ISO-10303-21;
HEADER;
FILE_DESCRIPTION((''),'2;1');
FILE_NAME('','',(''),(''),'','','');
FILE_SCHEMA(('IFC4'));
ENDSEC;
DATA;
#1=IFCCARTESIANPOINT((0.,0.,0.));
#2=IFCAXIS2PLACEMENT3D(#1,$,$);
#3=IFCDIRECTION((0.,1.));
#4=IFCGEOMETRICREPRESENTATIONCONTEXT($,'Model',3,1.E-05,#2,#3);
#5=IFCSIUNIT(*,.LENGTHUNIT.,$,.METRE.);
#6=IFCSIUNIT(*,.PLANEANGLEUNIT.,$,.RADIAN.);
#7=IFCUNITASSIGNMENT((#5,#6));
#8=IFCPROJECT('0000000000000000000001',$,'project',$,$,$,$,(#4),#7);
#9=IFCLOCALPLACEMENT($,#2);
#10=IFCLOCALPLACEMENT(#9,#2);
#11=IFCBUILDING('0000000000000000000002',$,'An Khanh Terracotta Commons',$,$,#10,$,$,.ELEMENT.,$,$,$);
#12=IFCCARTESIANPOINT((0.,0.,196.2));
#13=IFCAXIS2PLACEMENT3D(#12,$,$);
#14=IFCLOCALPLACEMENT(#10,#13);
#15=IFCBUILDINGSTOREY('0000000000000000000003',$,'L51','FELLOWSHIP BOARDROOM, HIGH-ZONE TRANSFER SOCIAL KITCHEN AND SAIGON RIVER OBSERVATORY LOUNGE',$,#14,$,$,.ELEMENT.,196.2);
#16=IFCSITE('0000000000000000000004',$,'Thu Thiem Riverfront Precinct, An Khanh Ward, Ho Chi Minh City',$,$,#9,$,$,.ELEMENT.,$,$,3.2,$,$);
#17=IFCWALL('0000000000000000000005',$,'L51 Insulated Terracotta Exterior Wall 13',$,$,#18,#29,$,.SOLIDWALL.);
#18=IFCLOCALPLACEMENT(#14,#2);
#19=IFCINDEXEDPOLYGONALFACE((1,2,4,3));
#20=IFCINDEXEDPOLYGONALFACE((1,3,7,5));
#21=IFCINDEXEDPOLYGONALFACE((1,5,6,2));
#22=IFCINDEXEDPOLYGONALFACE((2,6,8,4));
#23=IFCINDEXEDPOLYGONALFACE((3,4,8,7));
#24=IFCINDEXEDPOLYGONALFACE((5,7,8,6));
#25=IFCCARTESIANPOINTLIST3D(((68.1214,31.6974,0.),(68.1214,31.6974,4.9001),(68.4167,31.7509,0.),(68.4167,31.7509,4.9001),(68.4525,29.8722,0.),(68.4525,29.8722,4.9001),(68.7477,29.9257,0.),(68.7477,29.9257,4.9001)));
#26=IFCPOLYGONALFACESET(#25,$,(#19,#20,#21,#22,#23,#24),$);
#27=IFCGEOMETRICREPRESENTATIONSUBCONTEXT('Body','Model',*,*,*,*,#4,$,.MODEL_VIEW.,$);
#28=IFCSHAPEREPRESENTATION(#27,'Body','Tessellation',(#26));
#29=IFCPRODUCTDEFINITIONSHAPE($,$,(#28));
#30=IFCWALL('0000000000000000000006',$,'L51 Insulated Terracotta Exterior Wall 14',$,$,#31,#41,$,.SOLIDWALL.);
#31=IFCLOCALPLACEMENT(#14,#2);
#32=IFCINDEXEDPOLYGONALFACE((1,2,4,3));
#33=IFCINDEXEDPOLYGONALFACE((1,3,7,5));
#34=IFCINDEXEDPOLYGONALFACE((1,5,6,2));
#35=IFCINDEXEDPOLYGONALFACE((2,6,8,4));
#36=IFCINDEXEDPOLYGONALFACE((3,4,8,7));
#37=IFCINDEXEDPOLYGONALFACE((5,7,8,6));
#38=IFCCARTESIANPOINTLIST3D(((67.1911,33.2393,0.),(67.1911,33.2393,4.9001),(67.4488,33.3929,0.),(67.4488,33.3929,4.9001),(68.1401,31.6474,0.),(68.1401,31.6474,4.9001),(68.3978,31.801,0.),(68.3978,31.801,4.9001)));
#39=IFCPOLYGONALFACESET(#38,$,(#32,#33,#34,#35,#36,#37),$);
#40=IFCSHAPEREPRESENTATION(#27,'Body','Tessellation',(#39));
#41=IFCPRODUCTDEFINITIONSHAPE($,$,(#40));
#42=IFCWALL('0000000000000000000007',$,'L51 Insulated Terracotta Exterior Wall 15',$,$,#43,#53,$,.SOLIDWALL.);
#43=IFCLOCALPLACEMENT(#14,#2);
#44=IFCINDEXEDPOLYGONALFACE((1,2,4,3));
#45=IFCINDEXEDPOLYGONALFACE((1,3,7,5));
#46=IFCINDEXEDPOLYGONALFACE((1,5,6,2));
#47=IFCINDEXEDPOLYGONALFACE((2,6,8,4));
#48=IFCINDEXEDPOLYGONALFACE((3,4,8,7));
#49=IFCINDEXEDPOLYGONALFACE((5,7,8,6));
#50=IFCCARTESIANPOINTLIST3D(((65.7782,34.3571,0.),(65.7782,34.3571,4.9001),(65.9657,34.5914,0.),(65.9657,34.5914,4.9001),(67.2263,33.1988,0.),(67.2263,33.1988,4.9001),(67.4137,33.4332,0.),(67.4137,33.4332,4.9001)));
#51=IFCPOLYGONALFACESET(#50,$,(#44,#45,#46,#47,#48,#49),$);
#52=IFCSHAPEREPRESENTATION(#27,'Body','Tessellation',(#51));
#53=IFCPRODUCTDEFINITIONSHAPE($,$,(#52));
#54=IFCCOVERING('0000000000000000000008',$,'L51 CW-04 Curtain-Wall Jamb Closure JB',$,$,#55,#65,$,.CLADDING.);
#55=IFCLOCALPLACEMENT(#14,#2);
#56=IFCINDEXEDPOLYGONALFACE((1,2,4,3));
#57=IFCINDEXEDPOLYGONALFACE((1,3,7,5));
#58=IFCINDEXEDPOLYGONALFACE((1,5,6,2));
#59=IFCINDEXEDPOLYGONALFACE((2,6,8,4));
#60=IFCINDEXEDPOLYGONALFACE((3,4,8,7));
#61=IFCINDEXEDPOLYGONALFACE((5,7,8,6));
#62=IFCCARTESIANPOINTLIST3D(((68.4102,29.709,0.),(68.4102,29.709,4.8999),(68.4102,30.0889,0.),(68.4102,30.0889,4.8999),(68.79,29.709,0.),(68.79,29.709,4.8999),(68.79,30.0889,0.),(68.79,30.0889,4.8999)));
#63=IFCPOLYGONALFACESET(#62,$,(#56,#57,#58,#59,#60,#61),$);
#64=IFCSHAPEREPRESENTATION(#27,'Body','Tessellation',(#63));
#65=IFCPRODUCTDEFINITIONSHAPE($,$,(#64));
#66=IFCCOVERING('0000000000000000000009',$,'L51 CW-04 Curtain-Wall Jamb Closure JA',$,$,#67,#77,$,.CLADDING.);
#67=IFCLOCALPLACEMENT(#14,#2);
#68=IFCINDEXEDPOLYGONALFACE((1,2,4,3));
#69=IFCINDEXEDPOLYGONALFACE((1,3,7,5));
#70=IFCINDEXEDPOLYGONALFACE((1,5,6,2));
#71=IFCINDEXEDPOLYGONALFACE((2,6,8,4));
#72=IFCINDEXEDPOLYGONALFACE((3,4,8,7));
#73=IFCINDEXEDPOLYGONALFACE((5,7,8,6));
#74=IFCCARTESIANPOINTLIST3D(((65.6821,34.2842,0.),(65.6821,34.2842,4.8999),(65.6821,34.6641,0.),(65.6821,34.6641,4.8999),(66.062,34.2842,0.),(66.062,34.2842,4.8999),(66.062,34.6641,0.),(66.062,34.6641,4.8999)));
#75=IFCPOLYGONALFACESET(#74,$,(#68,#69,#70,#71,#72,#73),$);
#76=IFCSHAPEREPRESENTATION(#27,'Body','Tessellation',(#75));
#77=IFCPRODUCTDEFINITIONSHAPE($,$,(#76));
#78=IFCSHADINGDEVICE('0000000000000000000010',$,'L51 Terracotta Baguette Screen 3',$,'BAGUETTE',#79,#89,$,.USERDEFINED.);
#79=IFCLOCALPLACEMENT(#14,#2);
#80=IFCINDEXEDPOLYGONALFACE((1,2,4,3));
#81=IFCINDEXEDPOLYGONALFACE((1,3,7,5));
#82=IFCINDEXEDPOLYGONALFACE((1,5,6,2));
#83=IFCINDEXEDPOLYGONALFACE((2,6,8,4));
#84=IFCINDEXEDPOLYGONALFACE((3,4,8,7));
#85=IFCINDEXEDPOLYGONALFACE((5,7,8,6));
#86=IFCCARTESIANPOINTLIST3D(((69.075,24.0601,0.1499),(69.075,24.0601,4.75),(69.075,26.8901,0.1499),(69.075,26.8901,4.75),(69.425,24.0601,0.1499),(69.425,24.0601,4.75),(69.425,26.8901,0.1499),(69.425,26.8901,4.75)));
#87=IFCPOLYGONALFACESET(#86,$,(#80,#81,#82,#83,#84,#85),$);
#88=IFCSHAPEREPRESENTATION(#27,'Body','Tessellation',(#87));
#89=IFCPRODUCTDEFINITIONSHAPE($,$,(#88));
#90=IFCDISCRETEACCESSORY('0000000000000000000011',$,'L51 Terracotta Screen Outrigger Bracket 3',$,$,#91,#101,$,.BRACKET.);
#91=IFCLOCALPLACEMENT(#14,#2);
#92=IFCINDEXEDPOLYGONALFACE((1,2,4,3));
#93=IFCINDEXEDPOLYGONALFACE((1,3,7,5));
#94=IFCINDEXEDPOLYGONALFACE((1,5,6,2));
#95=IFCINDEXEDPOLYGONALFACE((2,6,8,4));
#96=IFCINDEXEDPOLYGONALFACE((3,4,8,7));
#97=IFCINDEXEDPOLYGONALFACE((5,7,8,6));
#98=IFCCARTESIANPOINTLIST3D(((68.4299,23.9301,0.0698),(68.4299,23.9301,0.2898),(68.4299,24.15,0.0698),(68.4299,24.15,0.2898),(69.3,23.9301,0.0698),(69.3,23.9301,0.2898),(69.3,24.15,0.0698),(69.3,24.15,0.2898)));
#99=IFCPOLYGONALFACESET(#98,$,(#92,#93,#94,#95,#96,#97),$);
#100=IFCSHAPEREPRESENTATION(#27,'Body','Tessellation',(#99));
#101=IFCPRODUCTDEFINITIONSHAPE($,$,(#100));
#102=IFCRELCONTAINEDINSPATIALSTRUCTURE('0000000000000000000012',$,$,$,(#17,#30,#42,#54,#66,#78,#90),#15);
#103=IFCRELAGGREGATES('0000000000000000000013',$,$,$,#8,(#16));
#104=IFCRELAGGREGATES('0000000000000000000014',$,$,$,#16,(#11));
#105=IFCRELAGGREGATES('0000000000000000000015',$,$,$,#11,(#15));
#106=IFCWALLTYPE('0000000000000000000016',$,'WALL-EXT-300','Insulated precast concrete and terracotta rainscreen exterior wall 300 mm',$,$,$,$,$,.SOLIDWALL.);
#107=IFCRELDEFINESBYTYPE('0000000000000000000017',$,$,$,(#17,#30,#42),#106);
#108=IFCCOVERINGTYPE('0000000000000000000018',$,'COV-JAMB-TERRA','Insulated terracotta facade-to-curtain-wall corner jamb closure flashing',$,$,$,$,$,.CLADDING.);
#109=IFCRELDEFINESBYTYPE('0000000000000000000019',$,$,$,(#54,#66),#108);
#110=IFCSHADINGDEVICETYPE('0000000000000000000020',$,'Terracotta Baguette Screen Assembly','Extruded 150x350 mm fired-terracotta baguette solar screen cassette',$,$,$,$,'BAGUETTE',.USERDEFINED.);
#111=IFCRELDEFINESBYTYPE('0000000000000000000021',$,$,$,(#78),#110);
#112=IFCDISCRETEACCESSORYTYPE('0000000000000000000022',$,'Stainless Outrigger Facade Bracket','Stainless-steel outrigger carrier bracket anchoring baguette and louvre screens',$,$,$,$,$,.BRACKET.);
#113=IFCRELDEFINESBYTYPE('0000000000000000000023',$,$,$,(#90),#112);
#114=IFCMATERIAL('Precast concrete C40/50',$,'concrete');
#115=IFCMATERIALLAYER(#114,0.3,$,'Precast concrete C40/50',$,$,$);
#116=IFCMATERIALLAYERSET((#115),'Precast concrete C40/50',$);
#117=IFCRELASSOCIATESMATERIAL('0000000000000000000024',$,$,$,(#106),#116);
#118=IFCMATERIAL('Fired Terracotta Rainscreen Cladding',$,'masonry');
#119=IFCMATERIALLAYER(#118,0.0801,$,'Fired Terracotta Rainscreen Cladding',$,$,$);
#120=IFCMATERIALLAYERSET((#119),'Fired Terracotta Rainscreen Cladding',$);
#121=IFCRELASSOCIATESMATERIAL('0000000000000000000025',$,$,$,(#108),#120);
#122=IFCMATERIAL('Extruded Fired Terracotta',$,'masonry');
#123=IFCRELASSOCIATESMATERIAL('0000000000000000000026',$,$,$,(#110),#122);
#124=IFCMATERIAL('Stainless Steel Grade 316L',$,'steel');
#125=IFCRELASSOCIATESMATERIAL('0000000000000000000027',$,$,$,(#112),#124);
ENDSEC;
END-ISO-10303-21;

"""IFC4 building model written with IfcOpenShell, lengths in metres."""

from ifc_helpers import new_model, si_unit, direction, frame, frame_2d, origin, origin_2d, place, context, subcontext, project, spatial, rectangle, extrude, material, layer, layer_set, type_object, element, save


model = new_model("IFC4")

# Units and contexts
model_context = context("Model", 3, precision=1e-05, world=origin(), true_north=direction((0.0, 1.0)))
body_context = subcontext(model_context, "Body", "Model", "MODEL_VIEW")
ifc_project = project(units=[si_unit("LENGTHUNIT", "METRE"), si_unit("PLANEANGLEUNIT", "RADIAN")], contexts=[model_context])

# Site, building, storey
site_placement = place(None, origin())
site = spatial("IfcSite", under=ifc_project, at=site_placement, Name="Thu Thiem Riverfront Precinct, An Khanh Ward, Ho Chi Minh City", CompositionType="ELEMENT", RefElevation=3.2)
building_placement = place(site_placement, origin())
building = spatial("IfcBuilding", under=site, at=building_placement, Name="An Khanh Terracotta Commons", CompositionType="ELEMENT")
storey_placement = place(building_placement, frame((0.0, 0.0, 196.2)))
storey = spatial("IfcBuildingStorey", under=building, at=storey_placement, Name="L51", Description="FELLOWSHIP BOARDROOM, HIGH-ZONE TRANSFER SOCIAL KITCHEN AND SAIGON RIVER OBSERVATORY LOUNGE", CompositionType="ELEMENT", Elevation=196.2)

# Walls
ifc_material_1 = material(Name="Precast concrete C40/50", Category="concrete")
ifc_layer_1 = layer(ifc_material_1, 0.3, Name="Precast concrete C40/50")
ifc_layer_set_1 = layer_set([ifc_layer_1], Name="Precast concrete C40/50")
wall_type = type_object("IfcWallType", Name="WALL-EXT-300", Description="Insulated precast concrete and terracotta rainscreen exterior wall 300 mm", PredefinedType="SOLIDWALL", material=ifc_layer_set_1)
wall_1_placement = place(storey_placement, frame((68.6001, 29.8989, 0.0), z_axis=(0.0, 0.0, 1.0), x_axis=(-0.178468, 0.983946, 0.0)))
element("IfcWall", 1, at=wall_1_placement, inside=storey, type_object=wall_type, Name="L51 Insulated Terracotta Exterior Wall 13", PredefinedType="SOLIDWALL", context=body_context, shape_type="SweptSolid", body=[
    extrude(rectangle(XDim=1.855, YDim=0.3, at=frame_2d((0.9275, 0.0))), origin(), (0.0, 0.0, 1.0), 4.9001),
])
wall_2_placement = place(storey_placement, frame((68.269, 31.7241, 0.0), z_axis=(0.0, 0.0, 1.0), x_axis=(-0.512072, 0.858943, 0.0)))
element("IfcWall", 2, at=wall_2_placement, inside=storey, type_object=wall_type, Name="L51 Insulated Terracotta Exterior Wall 14", PredefinedType="SOLIDWALL", context=body_context, shape_type="SweptSolid", body=[
    extrude(rectangle(XDim=1.8533, YDim=0.3, at=frame_2d((0.9268, 0.0))), origin(), (0.0, 0.0, 1.0), 4.9001),
])
wall_3_placement = place(storey_placement, frame((67.3201, 33.3159, 0.0), z_axis=(0.0, 0.0, 1.0), x_axis=(-0.78092, 0.624631, 0.0)))
element("IfcWall", 3, at=wall_3_placement, inside=storey, type_object=wall_type, Name="L51 Insulated Terracotta Exterior Wall 15", PredefinedType="SOLIDWALL", context=body_context, shape_type="SweptSolid", body=[
    extrude(rectangle(XDim=1.8542, YDim=0.3, at=frame_2d((0.9272, 0.0))), origin(), (0.0, 0.0, 1.0), 4.9001),
])

# Coverings
ifc_material_2 = material(Name="Fired Terracotta Rainscreen Cladding", Category="masonry")
ifc_layer_2 = layer(ifc_material_2, 0.0801, Name="Fired Terracotta Rainscreen Cladding")
ifc_layer_set_2 = layer_set([ifc_layer_2], Name="Fired Terracotta Rainscreen Cladding")
covering_type = type_object("IfcCoveringType", Name="COV-JAMB-TERRA", Description="Insulated terracotta facade-to-curtain-wall corner jamb closure flashing", PredefinedType="CLADDING", material=ifc_layer_set_2)
for number, where, z_axis, x_axis, name in (
    (4, (68.6001, 29.8989, 0.0), (0.0, 0.0, 1.0), (1.0, 0.0, 0.0), "L51 CW-04 Curtain-Wall Jamb Closure JB"),
    (5, (65.8721, 34.4741, 0.0), (0.0, 0.0, 1.0), (1.0, 0.0, 0.0), "L51 CW-04 Curtain-Wall Jamb Closure JA"),
):
    element("IfcCovering", number, at=place(storey_placement, frame(where, z_axis=z_axis, x_axis=x_axis)), inside=storey, type_object=covering_type, Name=name, PredefinedType="CLADDING", context=body_context, shape_type="SweptSolid", body=[
        extrude(rectangle(XDim=0.3799, YDim=0.3799, at=origin_2d()), origin(), (0.0, 0.0, 1.0), 4.8999),
    ])

# Shading device
ifc_material_3 = material(Name="Extruded Fired Terracotta", Category="masonry")
shading_device_type = type_object("IfcShadingDeviceType", Name="Terracotta Baguette Screen Assembly", Description="Extruded 150x350 mm fired-terracotta baguette solar screen cassette", ElementType="BAGUETTE", PredefinedType="USERDEFINED", material=ifc_material_3)
shading_device_placement = place(storey_placement, frame((69.25, 25.4751, 0.1499), z_axis=(0.0, 0.0, 1.0), x_axis=(0.0, 1.0, 0.0)))
element("IfcShadingDevice", 6, at=shading_device_placement, inside=storey, type_object=shading_device_type, Name="L51 Terracotta Baguette Screen 3", ObjectType="BAGUETTE", PredefinedType="USERDEFINED", context=body_context, shape_type="SweptSolid", body=[
    extrude(rectangle(XDim=2.8301, YDim=0.3501, at=origin_2d()), origin(), (0.0, 0.0, 1.0), 4.6001),
])

# Discrete accessory
ifc_material_4 = material(Name="Stainless Steel Grade 316L", Category="steel")
discrete_accessory_type = type_object("IfcDiscreteAccessoryType", Name="Stainless Outrigger Facade Bracket", Description="Stainless-steel outrigger carrier bracket anchoring baguette and louvre screens", PredefinedType="BRACKET", material=ifc_material_4)
discrete_accessory_placement = place(storey_placement, frame((68.865, 24.04, 0.0698), z_axis=(0.0, 0.0, 1.0), x_axis=(0.0, 1.0, 0.0)))
element("IfcDiscreteAccessory", 7, at=discrete_accessory_placement, inside=storey, type_object=discrete_accessory_type, Name="L51 Terracotta Screen Outrigger Bracket 3", PredefinedType="BRACKET", context=body_context, shape_type="SweptSolid", body=[
    extrude(rectangle(XDim=0.22, YDim=0.8701, at=origin_2d()), origin(), (0.0, 0.0, 1.0), 0.22),
])

save(model, "model.ifc")
